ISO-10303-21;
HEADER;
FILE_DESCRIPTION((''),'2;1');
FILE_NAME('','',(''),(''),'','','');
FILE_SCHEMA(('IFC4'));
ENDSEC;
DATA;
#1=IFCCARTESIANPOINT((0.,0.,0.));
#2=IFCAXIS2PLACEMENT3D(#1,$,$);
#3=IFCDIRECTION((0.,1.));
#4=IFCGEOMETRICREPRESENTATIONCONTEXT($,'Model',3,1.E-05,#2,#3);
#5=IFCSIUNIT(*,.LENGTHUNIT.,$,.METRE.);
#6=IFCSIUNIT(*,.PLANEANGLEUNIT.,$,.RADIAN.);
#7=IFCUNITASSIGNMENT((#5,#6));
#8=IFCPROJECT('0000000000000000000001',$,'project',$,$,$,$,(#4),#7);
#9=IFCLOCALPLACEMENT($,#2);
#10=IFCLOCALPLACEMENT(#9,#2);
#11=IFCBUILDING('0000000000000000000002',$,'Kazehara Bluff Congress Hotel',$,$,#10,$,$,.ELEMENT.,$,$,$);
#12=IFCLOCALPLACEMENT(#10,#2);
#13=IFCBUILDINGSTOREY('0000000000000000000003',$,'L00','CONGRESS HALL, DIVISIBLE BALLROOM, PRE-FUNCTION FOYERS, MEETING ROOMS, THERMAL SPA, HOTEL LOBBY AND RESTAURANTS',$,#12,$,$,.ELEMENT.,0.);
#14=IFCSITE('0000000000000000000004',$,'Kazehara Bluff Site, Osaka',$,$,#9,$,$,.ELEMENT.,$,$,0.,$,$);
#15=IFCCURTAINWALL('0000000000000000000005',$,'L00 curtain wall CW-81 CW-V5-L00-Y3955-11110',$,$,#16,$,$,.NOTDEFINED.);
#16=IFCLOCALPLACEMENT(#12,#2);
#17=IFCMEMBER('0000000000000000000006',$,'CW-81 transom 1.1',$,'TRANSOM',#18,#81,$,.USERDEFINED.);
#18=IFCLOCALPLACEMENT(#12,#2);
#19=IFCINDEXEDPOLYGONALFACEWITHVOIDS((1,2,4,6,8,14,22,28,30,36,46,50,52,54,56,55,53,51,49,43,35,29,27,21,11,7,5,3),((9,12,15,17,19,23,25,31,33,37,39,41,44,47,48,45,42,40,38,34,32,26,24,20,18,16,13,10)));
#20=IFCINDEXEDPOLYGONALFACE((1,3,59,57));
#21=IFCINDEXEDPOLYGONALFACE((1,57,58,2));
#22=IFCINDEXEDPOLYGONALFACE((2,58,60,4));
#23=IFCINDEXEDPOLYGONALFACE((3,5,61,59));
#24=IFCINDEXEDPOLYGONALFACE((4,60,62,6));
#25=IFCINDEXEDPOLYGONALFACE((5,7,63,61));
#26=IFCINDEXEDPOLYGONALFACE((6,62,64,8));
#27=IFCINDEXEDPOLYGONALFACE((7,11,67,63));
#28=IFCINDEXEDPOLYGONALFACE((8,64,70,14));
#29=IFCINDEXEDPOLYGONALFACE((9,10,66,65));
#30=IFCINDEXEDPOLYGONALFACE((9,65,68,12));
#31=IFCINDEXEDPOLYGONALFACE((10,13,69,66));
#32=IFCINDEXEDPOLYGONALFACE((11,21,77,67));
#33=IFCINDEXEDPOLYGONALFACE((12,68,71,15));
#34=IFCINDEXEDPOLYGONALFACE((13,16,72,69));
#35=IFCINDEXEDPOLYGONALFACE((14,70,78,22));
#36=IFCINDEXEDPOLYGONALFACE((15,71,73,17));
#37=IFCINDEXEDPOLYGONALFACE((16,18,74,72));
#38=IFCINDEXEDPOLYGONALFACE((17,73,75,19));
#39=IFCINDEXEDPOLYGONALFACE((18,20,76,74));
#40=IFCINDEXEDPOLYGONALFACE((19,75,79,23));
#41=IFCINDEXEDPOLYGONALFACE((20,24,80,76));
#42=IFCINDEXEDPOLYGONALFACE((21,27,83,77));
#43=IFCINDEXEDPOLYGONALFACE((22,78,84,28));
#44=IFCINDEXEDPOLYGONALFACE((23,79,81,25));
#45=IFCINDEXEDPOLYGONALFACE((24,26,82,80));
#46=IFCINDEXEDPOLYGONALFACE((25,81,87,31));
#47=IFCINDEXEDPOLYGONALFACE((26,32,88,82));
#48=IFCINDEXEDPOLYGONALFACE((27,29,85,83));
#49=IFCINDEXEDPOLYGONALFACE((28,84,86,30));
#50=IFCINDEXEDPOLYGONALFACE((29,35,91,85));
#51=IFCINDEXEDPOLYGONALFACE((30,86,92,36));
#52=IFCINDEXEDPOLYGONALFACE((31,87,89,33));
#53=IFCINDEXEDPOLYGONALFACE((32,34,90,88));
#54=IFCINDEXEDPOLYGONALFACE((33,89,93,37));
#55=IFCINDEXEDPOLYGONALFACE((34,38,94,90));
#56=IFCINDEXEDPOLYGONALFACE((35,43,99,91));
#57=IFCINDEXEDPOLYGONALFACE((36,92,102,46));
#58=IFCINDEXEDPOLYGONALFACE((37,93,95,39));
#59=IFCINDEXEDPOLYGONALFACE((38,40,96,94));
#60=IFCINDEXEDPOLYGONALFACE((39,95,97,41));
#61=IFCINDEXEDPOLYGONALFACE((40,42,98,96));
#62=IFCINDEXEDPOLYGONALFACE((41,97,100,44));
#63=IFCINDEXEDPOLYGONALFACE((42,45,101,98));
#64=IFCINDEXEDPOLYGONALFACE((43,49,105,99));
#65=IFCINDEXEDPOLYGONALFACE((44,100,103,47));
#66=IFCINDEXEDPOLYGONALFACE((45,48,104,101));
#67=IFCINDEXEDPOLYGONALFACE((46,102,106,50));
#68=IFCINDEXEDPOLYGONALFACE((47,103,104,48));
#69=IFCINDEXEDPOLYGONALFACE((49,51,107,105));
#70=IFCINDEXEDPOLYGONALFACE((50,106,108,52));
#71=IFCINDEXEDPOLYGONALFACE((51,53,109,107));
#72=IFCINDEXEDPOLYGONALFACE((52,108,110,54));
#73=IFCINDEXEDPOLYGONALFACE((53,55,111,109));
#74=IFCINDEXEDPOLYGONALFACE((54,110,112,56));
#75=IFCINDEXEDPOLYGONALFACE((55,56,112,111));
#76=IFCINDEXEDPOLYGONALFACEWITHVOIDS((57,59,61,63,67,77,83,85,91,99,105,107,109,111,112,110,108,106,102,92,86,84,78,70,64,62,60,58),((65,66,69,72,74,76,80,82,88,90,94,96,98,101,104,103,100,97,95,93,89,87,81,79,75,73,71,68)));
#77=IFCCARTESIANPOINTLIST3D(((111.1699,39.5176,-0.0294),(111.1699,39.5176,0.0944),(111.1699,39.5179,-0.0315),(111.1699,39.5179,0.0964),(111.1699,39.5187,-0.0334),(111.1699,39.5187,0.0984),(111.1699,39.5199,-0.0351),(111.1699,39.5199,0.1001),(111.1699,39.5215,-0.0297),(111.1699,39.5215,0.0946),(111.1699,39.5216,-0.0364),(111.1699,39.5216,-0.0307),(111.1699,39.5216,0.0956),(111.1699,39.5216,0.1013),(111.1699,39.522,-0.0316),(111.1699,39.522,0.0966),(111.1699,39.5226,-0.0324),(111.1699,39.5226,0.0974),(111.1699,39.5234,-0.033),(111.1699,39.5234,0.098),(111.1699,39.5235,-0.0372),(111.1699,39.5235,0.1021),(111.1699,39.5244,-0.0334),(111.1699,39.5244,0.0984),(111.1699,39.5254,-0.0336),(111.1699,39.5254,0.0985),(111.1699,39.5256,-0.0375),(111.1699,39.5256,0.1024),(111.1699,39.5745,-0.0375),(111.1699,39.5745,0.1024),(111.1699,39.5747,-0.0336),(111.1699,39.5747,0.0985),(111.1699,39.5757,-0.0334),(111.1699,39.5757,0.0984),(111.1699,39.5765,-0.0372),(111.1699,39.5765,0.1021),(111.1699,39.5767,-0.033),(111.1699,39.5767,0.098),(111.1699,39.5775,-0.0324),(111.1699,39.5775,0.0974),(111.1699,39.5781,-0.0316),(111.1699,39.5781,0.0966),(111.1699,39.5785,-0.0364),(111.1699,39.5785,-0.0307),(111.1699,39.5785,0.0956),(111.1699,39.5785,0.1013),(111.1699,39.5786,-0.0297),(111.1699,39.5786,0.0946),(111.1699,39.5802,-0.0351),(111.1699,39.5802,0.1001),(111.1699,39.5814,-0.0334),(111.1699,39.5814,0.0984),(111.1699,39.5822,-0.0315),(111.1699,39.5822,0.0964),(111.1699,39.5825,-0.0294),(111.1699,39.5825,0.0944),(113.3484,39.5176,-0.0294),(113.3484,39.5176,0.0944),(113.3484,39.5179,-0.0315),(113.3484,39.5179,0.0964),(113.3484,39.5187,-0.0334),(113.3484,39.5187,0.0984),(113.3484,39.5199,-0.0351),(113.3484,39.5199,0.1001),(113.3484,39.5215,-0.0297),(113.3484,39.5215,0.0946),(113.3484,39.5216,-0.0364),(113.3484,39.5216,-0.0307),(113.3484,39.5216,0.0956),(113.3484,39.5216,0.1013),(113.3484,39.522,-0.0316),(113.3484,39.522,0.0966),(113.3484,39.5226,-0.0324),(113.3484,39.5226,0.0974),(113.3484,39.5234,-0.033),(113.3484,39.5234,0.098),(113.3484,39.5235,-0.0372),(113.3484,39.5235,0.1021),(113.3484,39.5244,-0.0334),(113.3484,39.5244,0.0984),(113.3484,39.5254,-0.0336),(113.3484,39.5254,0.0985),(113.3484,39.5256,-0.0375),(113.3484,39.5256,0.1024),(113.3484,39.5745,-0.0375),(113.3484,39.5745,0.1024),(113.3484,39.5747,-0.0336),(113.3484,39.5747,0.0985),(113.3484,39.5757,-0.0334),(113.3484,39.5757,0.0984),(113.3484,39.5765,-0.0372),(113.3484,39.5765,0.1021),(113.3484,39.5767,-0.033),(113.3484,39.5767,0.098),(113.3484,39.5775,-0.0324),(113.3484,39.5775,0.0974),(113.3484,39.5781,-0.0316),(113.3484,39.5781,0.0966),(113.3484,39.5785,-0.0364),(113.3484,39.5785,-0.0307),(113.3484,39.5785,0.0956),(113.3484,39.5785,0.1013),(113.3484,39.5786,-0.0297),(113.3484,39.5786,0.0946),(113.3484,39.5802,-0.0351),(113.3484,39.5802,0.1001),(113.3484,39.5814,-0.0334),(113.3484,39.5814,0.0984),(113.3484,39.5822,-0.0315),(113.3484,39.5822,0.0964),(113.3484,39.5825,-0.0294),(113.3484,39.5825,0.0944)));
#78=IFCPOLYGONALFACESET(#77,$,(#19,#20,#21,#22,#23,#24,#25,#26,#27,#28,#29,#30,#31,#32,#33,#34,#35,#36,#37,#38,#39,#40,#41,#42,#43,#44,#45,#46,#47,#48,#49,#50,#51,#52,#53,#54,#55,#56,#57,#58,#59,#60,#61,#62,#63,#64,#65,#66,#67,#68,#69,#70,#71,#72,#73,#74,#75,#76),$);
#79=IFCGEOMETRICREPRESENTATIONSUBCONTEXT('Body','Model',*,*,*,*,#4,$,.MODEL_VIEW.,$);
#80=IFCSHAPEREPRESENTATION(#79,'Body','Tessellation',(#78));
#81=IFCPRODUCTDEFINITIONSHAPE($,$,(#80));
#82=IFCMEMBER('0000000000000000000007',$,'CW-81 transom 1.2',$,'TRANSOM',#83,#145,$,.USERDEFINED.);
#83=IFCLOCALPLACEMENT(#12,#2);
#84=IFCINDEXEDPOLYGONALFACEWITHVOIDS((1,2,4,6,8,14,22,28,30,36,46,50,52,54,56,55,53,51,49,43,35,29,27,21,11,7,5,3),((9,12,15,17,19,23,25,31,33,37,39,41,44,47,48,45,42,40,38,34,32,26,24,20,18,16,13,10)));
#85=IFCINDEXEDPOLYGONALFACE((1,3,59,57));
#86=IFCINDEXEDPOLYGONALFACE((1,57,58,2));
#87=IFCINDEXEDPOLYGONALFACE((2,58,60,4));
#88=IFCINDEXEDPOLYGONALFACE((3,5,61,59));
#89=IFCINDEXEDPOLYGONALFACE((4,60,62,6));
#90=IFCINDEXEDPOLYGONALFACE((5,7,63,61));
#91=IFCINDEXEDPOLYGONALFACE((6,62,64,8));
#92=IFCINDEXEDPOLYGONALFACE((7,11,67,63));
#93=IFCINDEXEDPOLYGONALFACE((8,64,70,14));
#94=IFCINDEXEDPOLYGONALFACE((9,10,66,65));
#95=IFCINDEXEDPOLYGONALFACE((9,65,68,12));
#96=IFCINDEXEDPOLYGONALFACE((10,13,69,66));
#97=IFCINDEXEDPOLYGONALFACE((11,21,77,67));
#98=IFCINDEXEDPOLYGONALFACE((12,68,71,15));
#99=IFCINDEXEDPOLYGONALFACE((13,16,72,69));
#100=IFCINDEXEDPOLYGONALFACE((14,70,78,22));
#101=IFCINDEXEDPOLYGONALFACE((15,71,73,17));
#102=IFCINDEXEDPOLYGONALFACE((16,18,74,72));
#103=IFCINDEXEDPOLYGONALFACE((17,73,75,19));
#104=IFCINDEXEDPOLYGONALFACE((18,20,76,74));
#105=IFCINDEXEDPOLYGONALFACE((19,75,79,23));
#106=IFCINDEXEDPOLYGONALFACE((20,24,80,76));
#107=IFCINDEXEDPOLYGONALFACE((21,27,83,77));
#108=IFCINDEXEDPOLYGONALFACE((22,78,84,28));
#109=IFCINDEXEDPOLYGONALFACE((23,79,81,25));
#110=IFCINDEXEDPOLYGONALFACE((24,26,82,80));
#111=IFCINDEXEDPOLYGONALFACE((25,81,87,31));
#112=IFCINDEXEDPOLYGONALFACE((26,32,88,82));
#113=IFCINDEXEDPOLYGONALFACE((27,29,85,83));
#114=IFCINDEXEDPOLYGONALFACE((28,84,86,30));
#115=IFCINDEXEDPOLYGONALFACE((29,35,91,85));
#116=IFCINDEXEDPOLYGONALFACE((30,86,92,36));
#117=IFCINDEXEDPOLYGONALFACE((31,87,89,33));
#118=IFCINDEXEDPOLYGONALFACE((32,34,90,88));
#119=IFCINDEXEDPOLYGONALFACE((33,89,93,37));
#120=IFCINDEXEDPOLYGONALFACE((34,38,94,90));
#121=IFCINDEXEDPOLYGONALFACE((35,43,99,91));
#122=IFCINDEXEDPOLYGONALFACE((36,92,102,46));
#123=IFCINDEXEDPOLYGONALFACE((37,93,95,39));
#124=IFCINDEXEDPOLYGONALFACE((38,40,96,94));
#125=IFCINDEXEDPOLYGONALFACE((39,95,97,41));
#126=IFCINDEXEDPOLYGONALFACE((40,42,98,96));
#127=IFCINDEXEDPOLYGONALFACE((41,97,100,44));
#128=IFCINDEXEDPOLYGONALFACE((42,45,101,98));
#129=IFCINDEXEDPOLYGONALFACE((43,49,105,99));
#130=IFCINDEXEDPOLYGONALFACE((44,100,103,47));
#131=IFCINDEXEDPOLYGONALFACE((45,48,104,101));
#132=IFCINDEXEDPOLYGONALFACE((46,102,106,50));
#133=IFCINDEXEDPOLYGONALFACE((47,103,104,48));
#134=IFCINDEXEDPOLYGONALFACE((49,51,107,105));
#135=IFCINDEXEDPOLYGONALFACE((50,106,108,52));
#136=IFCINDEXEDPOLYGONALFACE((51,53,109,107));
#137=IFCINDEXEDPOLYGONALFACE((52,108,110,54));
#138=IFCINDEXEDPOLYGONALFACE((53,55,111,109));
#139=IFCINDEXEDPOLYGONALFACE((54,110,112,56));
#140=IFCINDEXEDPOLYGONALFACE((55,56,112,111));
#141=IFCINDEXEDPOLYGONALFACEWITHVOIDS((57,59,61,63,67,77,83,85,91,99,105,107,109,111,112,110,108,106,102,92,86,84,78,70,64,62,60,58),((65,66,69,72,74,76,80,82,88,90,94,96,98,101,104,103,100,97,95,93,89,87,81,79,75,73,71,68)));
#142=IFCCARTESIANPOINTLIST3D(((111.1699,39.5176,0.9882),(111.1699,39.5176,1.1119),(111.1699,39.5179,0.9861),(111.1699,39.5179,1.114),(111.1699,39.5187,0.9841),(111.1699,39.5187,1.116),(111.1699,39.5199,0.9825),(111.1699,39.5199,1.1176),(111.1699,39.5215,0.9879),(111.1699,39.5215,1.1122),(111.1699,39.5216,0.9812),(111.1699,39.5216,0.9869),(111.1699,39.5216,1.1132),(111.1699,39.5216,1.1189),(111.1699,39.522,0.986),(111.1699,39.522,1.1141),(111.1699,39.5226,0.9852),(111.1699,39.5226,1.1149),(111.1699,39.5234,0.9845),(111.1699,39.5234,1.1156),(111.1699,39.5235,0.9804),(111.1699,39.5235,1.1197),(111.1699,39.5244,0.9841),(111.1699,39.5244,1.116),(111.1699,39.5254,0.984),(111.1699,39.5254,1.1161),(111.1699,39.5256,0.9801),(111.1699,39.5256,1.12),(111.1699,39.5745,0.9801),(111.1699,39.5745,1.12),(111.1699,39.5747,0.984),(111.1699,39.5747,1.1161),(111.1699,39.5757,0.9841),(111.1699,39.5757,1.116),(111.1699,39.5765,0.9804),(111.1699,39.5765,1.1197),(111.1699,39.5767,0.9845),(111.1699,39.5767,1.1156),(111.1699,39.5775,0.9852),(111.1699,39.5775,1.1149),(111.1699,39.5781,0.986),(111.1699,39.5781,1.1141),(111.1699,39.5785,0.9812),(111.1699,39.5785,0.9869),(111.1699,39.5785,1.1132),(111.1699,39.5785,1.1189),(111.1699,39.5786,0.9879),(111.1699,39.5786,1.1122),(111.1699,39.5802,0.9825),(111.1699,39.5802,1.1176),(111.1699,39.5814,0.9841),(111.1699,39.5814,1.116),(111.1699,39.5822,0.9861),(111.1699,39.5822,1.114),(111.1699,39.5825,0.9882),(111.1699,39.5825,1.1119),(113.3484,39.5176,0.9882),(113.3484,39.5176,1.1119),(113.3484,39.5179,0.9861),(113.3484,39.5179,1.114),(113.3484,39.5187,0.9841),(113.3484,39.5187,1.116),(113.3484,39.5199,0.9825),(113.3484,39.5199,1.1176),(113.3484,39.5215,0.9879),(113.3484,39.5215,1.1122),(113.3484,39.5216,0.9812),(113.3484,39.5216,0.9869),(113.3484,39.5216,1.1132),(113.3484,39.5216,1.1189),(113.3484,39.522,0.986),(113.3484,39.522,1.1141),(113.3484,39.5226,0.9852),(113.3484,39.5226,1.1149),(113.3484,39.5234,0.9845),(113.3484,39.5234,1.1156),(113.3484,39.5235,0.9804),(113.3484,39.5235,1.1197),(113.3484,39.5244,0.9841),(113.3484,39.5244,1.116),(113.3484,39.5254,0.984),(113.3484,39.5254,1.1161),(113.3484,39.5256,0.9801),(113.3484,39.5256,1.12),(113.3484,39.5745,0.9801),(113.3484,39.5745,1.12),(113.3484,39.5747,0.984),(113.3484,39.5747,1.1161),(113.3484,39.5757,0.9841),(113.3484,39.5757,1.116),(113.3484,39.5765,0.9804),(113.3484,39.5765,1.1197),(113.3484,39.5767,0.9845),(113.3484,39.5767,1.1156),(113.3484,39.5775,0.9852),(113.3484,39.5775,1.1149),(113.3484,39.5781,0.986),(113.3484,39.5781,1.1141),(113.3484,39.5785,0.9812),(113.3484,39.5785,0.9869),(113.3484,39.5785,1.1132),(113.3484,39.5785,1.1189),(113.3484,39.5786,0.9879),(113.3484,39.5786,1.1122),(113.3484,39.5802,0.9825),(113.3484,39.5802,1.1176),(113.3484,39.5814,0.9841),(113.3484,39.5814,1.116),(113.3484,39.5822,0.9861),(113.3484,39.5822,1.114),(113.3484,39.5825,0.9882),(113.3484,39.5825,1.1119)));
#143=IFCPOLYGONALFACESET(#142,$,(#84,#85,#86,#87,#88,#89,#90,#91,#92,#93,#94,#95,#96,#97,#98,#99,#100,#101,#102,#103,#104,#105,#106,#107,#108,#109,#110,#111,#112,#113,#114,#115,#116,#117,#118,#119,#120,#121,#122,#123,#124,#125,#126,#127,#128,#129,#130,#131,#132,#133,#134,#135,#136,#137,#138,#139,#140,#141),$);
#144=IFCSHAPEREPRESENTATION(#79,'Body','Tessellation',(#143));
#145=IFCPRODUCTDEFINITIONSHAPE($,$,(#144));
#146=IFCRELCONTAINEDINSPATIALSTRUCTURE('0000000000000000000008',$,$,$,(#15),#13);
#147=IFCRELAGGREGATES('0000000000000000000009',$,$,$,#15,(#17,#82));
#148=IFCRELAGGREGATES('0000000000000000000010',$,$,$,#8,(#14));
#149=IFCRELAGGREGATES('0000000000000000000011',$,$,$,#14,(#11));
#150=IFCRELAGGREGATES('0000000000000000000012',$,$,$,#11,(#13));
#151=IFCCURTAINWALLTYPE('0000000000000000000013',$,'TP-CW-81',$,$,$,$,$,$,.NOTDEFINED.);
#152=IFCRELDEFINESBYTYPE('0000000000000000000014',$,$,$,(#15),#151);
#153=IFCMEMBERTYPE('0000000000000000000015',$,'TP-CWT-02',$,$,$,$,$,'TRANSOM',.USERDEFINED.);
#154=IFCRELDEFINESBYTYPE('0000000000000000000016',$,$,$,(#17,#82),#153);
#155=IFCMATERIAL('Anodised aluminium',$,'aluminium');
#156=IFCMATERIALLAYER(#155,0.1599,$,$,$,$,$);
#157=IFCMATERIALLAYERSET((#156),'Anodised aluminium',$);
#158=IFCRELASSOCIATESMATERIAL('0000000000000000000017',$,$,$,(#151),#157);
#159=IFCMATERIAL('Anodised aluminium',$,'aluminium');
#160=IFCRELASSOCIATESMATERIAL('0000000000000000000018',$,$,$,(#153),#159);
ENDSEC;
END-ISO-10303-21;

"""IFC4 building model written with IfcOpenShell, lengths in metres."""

from ifc_helpers import new_model, si_unit, direction, frame, origin, origin_2d, place, context, subcontext, project, spatial, hollow_rectangle, extrude, material, layer, layer_set, material_profile, profile_set, type_object, element, aggregate, save


model = new_model("IFC4")

# Units and contexts
model_context = context("Model", 3, precision=1e-05, world=origin(), true_north=direction((0.0, 1.0)))
body_context = subcontext(model_context, "Body", "Model", "MODEL_VIEW")
ifc_project = project(units=[si_unit("LENGTHUNIT", "METRE"), si_unit("PLANEANGLEUNIT", "RADIAN")], contexts=[model_context])

# Site, building, storey
site_placement = place(None, origin())
site = spatial("IfcSite", under=ifc_project, at=site_placement, Name="Kazehara Bluff Site, Osaka", CompositionType="ELEMENT", RefElevation=0.0)
building_placement = place(site_placement, origin())
building = spatial("IfcBuilding", under=site, at=building_placement, Name="Kazehara Bluff Congress Hotel", CompositionType="ELEMENT")
storey_placement = place(building_placement, origin())
storey = spatial("IfcBuildingStorey", under=building, at=storey_placement, Name="L00", Description="CONGRESS HALL, DIVISIBLE BALLROOM, PRE-FUNCTION FOYERS, MEETING ROOMS, THERMAL SPA, HOTEL LOBBY AND RESTAURANTS", CompositionType="ELEMENT", Elevation=0.0)

# Curtain wall
ifc_material_1 = material(Name="Anodised aluminium", Category="aluminium")
ifc_layer_1 = layer(ifc_material_1, 0.1599)
ifc_layer_set_1 = layer_set([ifc_layer_1], Name="Anodised aluminium")
curtain_wall_type_1 = type_object("IfcCurtainWallType", Name="TP-CW-81", PredefinedType="NOTDEFINED", material=ifc_layer_set_1)
curtain_wall_1_placement = place(storey_placement, origin())
curtain_wall_1 = element("IfcCurtainWall", 1, at=curtain_wall_1_placement, inside=storey, type_object=curtain_wall_type_1, Name="L00 curtain wall CW-81 CW-V5-L00-Y3955-11110", PredefinedType="NOTDEFINED")

# Members
ifc_material_2 = material(Name="Anodised aluminium", Category="aluminium")
ifc_material_profile_1 = material_profile(ifc_material_2, hollow_rectangle(XDim=0.0649, YDim=0.1399, WallThickness=0.0039, InnerFilletRadius=0.0039, OuterFilletRadius=0.0081, at=origin_2d()))
ifc_profile_set_1 = profile_set([ifc_material_profile_1], Name="Anodised aluminium")
member_type_1 = type_object("IfcMemberType", Name="TP-CWT-02", ElementType="TRANSOM", PredefinedType="USERDEFINED", material=ifc_profile_set_1)
member_1_placement = place(storey_placement, frame((111.1699, 39.55, 0.0325), z_axis=(1.0, 0.0, 0.0), x_axis=(0.0, 1.0, 0.0)))
member_1 = element("IfcMember", 2, at=member_1_placement, type_object=member_type_1, Name="CW-81 transom 1.1", ObjectType="TRANSOM", PredefinedType="USERDEFINED", context=body_context, shape_type="SweptSolid", body=[
    extrude(hollow_rectangle(XDim=0.0649, YDim=0.1399, WallThickness=0.0039, InnerFilletRadius=0.0039, OuterFilletRadius=0.0081, at=origin_2d()), origin(), (0.0, 0.0, 1.0), 2.1785),
])
member_2_placement = place(storey_placement, frame((111.1699, 39.55, 1.05), z_axis=(1.0, 0.0, 0.0), x_axis=(0.0, 1.0, 0.0)))
member_2 = element("IfcMember", 3, at=member_2_placement, type_object=member_type_1, Name="CW-81 transom 1.2", ObjectType="TRANSOM", PredefinedType="USERDEFINED", context=body_context, shape_type="SweptSolid", body=[
    extrude(hollow_rectangle(XDim=0.0649, YDim=0.1399, WallThickness=0.0039, InnerFilletRadius=0.0039, OuterFilletRadius=0.0081, at=origin_2d()), origin(), (0.0, 0.0, 1.0), 2.1785),
])

aggregate(curtain_wall_1, [member_1, member_2])

save(model, "model.ifc")
